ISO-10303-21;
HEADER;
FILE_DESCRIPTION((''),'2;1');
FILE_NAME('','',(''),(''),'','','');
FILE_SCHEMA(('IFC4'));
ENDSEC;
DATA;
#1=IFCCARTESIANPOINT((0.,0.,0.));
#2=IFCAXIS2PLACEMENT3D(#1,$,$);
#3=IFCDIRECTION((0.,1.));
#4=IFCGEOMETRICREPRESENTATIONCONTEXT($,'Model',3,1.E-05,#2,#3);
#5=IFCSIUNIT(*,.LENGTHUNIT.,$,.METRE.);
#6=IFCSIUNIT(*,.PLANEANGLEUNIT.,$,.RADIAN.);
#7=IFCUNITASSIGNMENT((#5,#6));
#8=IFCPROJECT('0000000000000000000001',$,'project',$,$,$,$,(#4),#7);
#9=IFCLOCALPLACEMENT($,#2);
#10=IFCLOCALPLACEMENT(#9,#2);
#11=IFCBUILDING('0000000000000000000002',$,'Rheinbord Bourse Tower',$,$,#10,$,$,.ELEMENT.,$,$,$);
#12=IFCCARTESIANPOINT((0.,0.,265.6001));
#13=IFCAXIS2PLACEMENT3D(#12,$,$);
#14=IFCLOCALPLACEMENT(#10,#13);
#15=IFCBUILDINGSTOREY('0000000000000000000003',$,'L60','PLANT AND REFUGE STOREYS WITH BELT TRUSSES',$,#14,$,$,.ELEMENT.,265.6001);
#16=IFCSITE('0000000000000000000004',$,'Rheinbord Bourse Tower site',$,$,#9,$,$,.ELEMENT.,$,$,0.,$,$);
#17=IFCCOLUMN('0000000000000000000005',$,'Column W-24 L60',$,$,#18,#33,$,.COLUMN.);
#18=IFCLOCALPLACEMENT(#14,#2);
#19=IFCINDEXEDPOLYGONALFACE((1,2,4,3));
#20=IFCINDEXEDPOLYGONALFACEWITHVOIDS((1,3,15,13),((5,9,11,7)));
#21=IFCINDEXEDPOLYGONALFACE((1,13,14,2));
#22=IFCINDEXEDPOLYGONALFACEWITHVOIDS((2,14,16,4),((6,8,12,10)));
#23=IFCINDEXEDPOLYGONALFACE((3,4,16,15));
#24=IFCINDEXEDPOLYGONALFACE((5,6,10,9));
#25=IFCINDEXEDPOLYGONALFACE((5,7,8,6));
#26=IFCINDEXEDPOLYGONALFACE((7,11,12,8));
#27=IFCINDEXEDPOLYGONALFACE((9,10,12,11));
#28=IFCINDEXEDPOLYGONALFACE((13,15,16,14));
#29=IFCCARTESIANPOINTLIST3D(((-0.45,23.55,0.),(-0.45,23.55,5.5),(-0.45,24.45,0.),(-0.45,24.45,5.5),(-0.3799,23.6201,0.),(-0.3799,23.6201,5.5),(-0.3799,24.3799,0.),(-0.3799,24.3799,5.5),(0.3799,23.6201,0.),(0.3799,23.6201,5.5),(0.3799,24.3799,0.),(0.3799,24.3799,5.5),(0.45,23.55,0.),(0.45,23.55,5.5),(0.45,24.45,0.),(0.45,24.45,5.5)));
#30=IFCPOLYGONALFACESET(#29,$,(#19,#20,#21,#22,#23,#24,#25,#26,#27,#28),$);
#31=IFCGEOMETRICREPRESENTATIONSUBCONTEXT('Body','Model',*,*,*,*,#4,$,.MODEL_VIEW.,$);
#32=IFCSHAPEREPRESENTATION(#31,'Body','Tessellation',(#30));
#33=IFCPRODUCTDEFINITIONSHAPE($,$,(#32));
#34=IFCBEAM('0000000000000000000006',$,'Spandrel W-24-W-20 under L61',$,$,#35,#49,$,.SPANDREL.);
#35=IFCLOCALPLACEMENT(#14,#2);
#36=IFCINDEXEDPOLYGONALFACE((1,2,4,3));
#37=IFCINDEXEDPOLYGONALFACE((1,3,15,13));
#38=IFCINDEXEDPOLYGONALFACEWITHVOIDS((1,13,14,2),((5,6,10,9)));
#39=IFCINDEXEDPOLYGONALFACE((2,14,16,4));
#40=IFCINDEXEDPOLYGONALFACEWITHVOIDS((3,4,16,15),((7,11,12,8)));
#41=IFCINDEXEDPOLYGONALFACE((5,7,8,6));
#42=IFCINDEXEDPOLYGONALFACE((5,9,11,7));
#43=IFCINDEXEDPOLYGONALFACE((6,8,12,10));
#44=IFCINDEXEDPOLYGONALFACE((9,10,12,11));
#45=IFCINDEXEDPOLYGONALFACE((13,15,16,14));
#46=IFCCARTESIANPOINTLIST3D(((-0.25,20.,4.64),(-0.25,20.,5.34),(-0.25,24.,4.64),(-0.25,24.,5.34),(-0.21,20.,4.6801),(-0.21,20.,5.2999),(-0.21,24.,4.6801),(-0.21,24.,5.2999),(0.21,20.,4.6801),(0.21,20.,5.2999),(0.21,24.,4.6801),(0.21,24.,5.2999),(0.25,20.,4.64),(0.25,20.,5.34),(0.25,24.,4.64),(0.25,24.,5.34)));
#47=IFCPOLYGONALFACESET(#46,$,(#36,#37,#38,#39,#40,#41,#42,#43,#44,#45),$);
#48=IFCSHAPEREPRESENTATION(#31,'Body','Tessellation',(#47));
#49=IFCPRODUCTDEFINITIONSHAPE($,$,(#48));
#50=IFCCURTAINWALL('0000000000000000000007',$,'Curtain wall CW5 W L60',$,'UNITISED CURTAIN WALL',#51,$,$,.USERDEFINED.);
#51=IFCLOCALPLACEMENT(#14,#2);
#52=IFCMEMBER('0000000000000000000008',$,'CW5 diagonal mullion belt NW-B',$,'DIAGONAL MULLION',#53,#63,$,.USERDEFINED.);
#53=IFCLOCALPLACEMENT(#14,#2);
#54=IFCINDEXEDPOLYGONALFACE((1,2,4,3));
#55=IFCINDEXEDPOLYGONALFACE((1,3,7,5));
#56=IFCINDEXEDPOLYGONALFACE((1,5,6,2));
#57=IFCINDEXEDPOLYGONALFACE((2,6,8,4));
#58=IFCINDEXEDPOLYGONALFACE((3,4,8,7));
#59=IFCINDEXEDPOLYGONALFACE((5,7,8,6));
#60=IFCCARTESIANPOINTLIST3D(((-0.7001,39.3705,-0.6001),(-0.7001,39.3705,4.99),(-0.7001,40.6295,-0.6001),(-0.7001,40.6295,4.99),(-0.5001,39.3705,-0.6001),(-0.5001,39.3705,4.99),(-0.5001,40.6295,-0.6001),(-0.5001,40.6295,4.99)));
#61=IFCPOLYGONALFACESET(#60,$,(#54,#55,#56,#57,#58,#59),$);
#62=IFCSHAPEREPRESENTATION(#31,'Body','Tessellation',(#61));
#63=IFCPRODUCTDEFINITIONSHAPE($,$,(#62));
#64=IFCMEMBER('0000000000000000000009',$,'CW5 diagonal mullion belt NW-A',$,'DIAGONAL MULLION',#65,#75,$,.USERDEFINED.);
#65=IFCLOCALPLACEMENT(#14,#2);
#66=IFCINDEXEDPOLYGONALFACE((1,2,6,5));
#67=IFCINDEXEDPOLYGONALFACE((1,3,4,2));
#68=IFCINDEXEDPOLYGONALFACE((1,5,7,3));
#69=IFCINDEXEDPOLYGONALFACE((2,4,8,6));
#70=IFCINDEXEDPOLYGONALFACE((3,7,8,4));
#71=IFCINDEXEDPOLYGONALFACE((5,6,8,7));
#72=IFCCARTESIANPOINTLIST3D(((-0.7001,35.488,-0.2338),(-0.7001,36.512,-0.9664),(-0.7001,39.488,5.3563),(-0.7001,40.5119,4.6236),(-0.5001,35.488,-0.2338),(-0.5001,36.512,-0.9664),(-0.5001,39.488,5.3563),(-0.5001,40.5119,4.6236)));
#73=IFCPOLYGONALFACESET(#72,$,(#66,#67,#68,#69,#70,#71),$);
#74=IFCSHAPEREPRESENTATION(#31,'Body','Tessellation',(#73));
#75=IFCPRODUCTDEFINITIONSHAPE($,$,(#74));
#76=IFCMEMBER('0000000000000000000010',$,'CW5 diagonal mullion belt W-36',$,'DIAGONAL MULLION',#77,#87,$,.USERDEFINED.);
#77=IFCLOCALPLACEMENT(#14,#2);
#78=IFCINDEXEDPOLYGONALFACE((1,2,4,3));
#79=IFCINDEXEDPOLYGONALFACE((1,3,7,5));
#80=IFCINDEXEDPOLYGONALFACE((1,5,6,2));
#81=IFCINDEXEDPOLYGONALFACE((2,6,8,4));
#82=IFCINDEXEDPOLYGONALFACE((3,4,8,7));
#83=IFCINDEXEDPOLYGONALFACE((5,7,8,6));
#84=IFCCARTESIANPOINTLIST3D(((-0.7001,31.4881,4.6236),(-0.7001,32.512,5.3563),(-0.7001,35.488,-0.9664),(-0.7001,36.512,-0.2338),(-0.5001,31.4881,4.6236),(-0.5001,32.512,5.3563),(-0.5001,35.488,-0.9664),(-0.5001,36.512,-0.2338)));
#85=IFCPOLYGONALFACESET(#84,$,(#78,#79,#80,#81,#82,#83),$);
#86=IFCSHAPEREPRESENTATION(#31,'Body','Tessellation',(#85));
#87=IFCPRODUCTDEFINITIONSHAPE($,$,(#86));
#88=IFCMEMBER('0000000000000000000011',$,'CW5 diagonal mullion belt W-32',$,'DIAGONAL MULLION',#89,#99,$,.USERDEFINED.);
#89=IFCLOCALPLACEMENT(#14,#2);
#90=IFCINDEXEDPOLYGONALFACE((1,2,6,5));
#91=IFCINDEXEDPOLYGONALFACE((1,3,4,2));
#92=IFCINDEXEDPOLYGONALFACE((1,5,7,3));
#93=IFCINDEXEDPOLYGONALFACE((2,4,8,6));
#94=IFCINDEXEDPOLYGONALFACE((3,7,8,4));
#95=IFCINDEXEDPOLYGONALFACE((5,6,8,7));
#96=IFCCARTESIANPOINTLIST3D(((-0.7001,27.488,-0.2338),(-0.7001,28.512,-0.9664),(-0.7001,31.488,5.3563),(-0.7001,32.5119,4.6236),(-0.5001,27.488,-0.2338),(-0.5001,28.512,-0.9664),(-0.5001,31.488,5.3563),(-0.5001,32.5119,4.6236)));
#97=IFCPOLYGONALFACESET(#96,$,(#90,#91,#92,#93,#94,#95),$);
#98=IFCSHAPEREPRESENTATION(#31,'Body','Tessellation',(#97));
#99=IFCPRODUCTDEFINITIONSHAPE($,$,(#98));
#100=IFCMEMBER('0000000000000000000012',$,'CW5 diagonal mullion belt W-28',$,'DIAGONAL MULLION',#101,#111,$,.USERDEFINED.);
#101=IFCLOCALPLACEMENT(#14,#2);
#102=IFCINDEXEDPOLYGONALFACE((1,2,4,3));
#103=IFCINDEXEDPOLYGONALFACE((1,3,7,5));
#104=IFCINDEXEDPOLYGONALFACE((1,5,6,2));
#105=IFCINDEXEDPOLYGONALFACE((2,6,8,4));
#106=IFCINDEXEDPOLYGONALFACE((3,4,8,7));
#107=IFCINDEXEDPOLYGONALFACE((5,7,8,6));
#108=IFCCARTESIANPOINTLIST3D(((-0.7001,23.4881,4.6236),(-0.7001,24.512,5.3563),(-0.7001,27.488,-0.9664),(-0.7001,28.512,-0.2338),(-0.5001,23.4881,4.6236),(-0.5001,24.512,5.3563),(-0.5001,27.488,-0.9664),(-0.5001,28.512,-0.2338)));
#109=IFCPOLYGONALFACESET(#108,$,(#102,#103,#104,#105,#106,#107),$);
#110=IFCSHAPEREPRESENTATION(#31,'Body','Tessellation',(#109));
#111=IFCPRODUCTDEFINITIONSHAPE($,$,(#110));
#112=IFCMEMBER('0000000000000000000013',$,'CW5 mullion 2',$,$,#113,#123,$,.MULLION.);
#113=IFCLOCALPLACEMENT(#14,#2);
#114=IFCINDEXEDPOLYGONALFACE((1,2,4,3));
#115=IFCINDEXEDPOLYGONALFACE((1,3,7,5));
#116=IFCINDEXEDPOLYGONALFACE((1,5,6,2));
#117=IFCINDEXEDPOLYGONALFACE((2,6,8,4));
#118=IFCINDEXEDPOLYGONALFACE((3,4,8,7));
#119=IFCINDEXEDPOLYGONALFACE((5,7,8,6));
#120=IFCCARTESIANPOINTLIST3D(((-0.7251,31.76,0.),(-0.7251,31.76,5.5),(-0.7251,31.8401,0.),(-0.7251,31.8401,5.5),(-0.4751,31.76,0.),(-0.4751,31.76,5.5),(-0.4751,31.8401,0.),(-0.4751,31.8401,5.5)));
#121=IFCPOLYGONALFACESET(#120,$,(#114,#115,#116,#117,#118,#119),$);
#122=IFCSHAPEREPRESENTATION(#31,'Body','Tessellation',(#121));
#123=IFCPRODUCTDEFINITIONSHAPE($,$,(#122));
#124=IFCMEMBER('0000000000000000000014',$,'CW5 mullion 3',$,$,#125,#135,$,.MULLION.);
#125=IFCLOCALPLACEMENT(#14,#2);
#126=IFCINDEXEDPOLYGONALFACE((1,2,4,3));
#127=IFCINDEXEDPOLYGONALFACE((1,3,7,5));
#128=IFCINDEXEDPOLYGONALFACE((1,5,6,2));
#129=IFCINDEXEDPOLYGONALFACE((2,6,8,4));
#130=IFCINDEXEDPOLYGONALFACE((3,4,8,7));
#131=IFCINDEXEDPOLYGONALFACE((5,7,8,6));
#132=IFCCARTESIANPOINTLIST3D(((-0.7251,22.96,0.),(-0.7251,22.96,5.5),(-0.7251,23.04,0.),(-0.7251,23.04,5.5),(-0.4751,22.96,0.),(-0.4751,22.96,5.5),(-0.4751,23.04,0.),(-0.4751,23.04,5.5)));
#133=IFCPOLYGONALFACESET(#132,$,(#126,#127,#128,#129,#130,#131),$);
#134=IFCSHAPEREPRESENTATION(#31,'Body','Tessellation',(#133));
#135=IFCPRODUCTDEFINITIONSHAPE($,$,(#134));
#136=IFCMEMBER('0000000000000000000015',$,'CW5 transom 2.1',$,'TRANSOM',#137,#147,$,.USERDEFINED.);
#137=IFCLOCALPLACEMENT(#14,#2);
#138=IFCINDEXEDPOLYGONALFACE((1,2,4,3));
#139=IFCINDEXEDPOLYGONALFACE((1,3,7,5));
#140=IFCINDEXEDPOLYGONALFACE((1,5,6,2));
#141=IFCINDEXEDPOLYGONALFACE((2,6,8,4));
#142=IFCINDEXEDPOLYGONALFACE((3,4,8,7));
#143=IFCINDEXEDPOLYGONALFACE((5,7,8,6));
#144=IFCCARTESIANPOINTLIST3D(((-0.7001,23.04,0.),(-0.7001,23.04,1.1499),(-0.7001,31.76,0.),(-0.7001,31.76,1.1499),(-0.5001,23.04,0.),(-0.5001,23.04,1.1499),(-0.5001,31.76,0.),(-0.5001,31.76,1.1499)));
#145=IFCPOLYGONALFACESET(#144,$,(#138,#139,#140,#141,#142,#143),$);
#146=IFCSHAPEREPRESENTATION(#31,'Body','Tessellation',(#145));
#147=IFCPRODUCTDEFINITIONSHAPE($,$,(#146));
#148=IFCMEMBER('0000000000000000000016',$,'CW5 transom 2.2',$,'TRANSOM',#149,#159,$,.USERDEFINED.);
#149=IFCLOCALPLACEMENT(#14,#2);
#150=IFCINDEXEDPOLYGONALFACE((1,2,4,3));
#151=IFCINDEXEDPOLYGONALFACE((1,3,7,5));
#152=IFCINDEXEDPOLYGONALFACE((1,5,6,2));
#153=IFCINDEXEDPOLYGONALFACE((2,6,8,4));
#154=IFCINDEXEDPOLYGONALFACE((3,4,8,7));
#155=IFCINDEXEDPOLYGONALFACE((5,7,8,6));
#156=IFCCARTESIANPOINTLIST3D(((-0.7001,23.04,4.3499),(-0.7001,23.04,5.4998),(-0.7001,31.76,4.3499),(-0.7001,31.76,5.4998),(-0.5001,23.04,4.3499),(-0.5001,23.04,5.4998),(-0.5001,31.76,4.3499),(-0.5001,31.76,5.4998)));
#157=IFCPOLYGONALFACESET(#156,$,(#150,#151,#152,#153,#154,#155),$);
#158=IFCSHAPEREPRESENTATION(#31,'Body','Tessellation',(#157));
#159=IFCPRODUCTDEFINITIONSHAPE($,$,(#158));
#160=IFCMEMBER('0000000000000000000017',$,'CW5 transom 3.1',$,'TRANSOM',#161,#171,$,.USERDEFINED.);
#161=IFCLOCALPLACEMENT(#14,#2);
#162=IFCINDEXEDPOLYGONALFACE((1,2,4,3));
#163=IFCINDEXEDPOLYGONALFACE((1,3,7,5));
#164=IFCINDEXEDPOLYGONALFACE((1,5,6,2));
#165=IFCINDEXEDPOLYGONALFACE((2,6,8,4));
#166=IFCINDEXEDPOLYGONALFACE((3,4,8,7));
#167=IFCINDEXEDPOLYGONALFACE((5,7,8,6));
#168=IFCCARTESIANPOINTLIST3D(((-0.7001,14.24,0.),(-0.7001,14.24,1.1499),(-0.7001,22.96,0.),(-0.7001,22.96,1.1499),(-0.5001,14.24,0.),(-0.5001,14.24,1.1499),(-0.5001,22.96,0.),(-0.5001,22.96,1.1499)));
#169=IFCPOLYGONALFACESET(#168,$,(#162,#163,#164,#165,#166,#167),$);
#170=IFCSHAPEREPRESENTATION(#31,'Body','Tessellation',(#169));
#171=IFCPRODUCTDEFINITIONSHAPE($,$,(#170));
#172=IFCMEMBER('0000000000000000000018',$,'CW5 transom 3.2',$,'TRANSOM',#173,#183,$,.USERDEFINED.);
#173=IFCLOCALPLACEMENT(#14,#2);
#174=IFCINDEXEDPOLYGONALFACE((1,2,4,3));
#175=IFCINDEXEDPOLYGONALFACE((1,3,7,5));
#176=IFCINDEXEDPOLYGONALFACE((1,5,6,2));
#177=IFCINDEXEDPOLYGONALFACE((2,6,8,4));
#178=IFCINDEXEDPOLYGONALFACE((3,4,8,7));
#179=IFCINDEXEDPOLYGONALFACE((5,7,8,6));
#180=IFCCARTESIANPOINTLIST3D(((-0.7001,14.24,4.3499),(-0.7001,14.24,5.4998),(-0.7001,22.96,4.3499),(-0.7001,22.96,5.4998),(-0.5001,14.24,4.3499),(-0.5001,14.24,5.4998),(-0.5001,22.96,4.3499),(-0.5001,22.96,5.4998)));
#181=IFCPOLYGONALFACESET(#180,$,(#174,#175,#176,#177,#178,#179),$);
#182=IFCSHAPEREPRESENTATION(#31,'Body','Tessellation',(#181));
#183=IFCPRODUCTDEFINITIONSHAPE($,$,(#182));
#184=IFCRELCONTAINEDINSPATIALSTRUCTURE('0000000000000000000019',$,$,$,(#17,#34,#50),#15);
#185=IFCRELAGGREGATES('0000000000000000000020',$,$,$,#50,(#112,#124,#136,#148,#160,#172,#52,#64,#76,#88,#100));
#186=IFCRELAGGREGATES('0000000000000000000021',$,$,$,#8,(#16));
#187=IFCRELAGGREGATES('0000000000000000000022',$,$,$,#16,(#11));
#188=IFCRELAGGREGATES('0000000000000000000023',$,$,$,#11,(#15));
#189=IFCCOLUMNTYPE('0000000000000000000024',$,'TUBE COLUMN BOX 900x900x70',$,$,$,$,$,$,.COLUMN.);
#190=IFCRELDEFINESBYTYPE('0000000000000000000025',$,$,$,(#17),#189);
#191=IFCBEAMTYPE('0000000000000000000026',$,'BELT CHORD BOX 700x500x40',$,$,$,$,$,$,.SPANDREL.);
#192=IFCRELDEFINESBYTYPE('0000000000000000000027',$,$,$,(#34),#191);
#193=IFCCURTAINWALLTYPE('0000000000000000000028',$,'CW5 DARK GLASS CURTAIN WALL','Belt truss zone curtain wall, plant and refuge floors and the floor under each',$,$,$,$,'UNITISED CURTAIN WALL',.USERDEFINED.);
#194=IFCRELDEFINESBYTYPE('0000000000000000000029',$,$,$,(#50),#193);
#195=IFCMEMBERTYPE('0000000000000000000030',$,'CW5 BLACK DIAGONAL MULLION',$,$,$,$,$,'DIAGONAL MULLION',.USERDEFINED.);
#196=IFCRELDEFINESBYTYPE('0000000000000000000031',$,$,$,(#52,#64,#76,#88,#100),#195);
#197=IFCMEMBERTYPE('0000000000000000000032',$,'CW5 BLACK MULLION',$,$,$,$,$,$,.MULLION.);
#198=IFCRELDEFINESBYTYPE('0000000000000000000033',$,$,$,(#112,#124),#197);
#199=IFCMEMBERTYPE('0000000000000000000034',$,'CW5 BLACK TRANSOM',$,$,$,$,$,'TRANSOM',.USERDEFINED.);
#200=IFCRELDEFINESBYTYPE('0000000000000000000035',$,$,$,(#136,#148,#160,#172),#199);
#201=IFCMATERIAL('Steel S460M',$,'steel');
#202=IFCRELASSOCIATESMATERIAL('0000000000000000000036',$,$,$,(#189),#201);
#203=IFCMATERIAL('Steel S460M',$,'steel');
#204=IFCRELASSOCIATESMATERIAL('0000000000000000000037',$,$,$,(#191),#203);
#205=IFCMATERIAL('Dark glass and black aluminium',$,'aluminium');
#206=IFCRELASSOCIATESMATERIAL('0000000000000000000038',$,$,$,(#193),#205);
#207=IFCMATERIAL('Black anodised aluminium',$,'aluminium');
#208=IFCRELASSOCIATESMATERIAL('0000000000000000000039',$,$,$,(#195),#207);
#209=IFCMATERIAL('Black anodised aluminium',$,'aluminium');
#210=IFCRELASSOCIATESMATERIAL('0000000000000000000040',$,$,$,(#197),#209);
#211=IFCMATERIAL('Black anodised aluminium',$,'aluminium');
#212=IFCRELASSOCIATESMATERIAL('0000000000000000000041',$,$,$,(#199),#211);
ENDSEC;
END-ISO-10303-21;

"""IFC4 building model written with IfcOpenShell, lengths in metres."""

from ifc_helpers import new_model, si_unit, direction, frame, origin, origin_2d, place, context, subcontext, project, spatial, rectangle, hollow_rectangle, extrude, material, material_profile, profile_set, type_object, element, aggregate, save


model = new_model("IFC4")

# Units and contexts
model_context = context("Model", 3, precision=1e-05, world=origin(), true_north=direction((0.0, 1.0)))
body_context = subcontext(model_context, "Body", "Model", "MODEL_VIEW")
ifc_project = project(units=[si_unit("LENGTHUNIT", "METRE"), si_unit("PLANEANGLEUNIT", "RADIAN")], contexts=[model_context])

# Site, building, storey
site_placement = place(None, origin())
site = spatial("IfcSite", under=ifc_project, at=site_placement, Name="Rheinbord Bourse Tower site", CompositionType="ELEMENT", RefElevation=0.0)
building_placement = place(site_placement, origin())
building = spatial("IfcBuilding", under=site, at=building_placement, Name="Rheinbord Bourse Tower", CompositionType="ELEMENT")
storey_placement = place(building_placement, frame((0.0, 0.0, 265.6001)))
storey = spatial("IfcBuildingStorey", under=building, at=storey_placement, Name="L60", Description="PLANT AND REFUGE STOREYS WITH BELT TRUSSES", CompositionType="ELEMENT", Elevation=265.6001)

# Column
ifc_material_1 = material(Name="Steel S460M", Category="steel")
ifc_material_profile_1 = material_profile(ifc_material_1, hollow_rectangle(XDim=0.8999, YDim=0.8999, WallThickness=0.0701, at=origin_2d()), Name="BOX 900x900x70")
ifc_profile_set_1 = profile_set([ifc_material_profile_1], Name="Steel S460M")
column_type = type_object("IfcColumnType", Name="TUBE COLUMN BOX 900x900x70", PredefinedType="COLUMN", material=ifc_profile_set_1)
column_placement = place(storey_placement, frame((0.0, 24.0, 0.0), z_axis=(0.0, 0.0, 1.0), x_axis=(1.0, 0.0, 0.0)))
element("IfcColumn", 1, at=column_placement, inside=storey, type_object=column_type, Name="Column W-24 L60", PredefinedType="COLUMN", context=body_context, shape_type="SweptSolid", body=[
    extrude(hollow_rectangle(XDim=0.8999, YDim=0.8999, WallThickness=0.0701, at=origin_2d()), origin(), (0.0, 0.0, 1.0), 5.5),
])

# Beam
ifc_material_2 = material(Name="Steel S460M", Category="steel")
ifc_material_profile_2 = material_profile(ifc_material_2, hollow_rectangle(XDim=0.5, YDim=0.7, WallThickness=0.04, at=origin_2d()), Name="BOX 700x500x40")
ifc_profile_set_2 = profile_set([ifc_material_profile_2], Name="Steel S460M")
beam_type_1 = type_object("IfcBeamType", Name="BELT CHORD BOX 700x500x40", PredefinedType="SPANDREL", material=ifc_profile_set_2)
beam_1_placement = place(storey_placement, frame((0.0, 24.0, 4.99), z_axis=(0.0, -1.0, 0.0), x_axis=(1.0, 0.0, 0.0)))
element("IfcBeam", 2, at=beam_1_placement, inside=storey, type_object=beam_type_1, Name="Spandrel W-24-W-20 under L61", PredefinedType="SPANDREL", context=body_context, shape_type="SweptSolid", body=[
    extrude(hollow_rectangle(XDim=0.5, YDim=0.7, WallThickness=0.04, at=origin_2d()), origin(), (0.0, 0.0, 1.0), 4.0),
])

# Curtain wall, members
ifc_material_3 = material(Name="Dark glass and black aluminium", Category="aluminium")
curtain_wall_type = type_object("IfcCurtainWallType", Name="CW5 DARK GLASS CURTAIN WALL", Description="Belt truss zone curtain wall, plant and refuge floors and the floor under each", ElementType="UNITISED CURTAIN WALL", PredefinedType="USERDEFINED", material=ifc_material_3)
curtain_wall_placement = place(storey_placement, origin())
curtain_wall = element("IfcCurtainWall", 3, at=curtain_wall_placement, inside=storey, type_object=curtain_wall_type, Name="Curtain wall CW5 W L60", ObjectType="UNITISED CURTAIN WALL", PredefinedType="USERDEFINED")
ifc_material_4 = material(Name="Black anodised aluminium", Category="aluminium")
ifc_material_profile_3 = material_profile(ifc_material_4, rectangle(XDim=0.2, YDim=1.259, at=origin_2d()), Name="CW5 DIAGONAL MULLION 1259x200")
ifc_profile_set_3 = profile_set([ifc_material_profile_3], Name="Black anodised aluminium")
member_type_1 = type_object("IfcMemberType", Name="CW5 BLACK DIAGONAL MULLION", ElementType="DIAGONAL MULLION", PredefinedType="USERDEFINED", material=ifc_profile_set_3)
member_1_placement = place(storey_placement, frame((-0.6001, 40.0, -0.6001), z_axis=(0.0, 0.0, 1.0), x_axis=(1.0, 0.0, 0.0)))
member_1 = element("IfcMember", 4, at=member_1_placement, type_object=member_type_1, Name="CW5 diagonal mullion belt NW-B", ObjectType="DIAGONAL MULLION", PredefinedType="USERDEFINED", context=body_context, shape_type="SweptSolid", body=[
    extrude(rectangle(XDim=0.2, YDim=1.259, at=origin_2d()), origin(), (0.0, 0.0, 1.0), 5.5901),
])
member_2_placement = place(storey_placement, frame((-0.6001, 36.0, -0.6001), z_axis=(0.0, 0.58192, 0.813246), x_axis=(-1.0, 0.0, 0.0)))
member_2 = element("IfcMember", 5, at=member_2_placement, type_object=member_type_1, Name="CW5 diagonal mullion belt NW-A", ObjectType="DIAGONAL MULLION", PredefinedType="USERDEFINED", context=body_context, shape_type="SweptSolid", body=[
    extrude(rectangle(XDim=0.2, YDim=1.259, at=origin_2d()), origin(), (0.0, 0.0, 1.0), 6.8738),
])
member_3_placement = place(storey_placement, frame((-0.6001, 36.0, -0.6001), z_axis=(0.0, -0.58192, 0.813246), x_axis=(1.0, 0.0, 0.0)))
member_3 = element("IfcMember", 6, at=member_3_placement, type_object=member_type_1, Name="CW5 diagonal mullion belt W-36", ObjectType="DIAGONAL MULLION", PredefinedType="USERDEFINED", context=body_context, shape_type="SweptSolid", body=[
    extrude(rectangle(XDim=0.2, YDim=1.259, at=origin_2d()), origin(), (0.0, 0.0, 1.0), 6.8738),
])
member_4_placement = place(storey_placement, frame((-0.6001, 28.0, -0.6001), z_axis=(0.0, 0.58192, 0.813246), x_axis=(-1.0, 0.0, 0.0)))
member_4 = element("IfcMember", 7, at=member_4_placement, type_object=member_type_1, Name="CW5 diagonal mullion belt W-32", ObjectType="DIAGONAL MULLION", PredefinedType="USERDEFINED", context=body_context, shape_type="SweptSolid", body=[
    extrude(rectangle(XDim=0.2, YDim=1.259, at=origin_2d()), origin(), (0.0, 0.0, 1.0), 6.8738),
])
member_5_placement = place(storey_placement, frame((-0.6001, 28.0, -0.6001), z_axis=(0.0, -0.58192, 0.813246), x_axis=(1.0, 0.0, 0.0)))
member_5 = element("IfcMember", 8, at=member_5_placement, type_object=member_type_1, Name="CW5 diagonal mullion belt W-28", ObjectType="DIAGONAL MULLION", PredefinedType="USERDEFINED", context=body_context, shape_type="SweptSolid", body=[
    extrude(rectangle(XDim=0.2, YDim=1.259, at=origin_2d()), origin(), (0.0, 0.0, 1.0), 6.8738),
])
ifc_material_5 = material(Name="Black anodised aluminium", Category="aluminium")
ifc_material_profile_4 = material_profile(ifc_material_5, rectangle(XDim=0.25, YDim=0.0801, at=origin_2d()), Name="CW5 MULLION 80x250")
ifc_profile_set_4 = profile_set([ifc_material_profile_4], Name="Black anodised aluminium")
member_type_2 = type_object("IfcMemberType", Name="CW5 BLACK MULLION", PredefinedType="MULLION", material=ifc_profile_set_4)
member_6_placement = place(storey_placement, frame((-0.6001, 31.8, 0.0), z_axis=(0.0, 0.0, 1.0), x_axis=(1.0, 0.0, 0.0)))
member_6 = element("IfcMember", 9, at=member_6_placement, type_object=member_type_2, Name="CW5 mullion 2", PredefinedType="MULLION", context=body_context, shape_type="SweptSolid", body=[
    extrude(rectangle(XDim=0.25, YDim=0.0801, at=origin_2d()), origin(), (0.0, 0.0, 1.0), 5.5),
])
member_7_placement = place(storey_placement, frame((-0.6001, 23.0, 0.0), z_axis=(0.0, 0.0, 1.0), x_axis=(1.0, 0.0, 0.0)))
member_7 = element("IfcMember", 10, at=member_7_placement, type_object=member_type_2, Name="CW5 mullion 3", PredefinedType="MULLION", context=body_context, shape_type="SweptSolid", body=[
    extrude(rectangle(XDim=0.25, YDim=0.0801, at=origin_2d()), origin(), (0.0, 0.0, 1.0), 5.5),
])
ifc_material_6 = material(Name="Black anodised aluminium", Category="aluminium")
ifc_material_profile_5 = material_profile(ifc_material_6, rectangle(XDim=0.2, YDim=1.1499, at=origin_2d()), Name="CW5 TRANSOM 1150x200")
ifc_profile_set_5 = profile_set([ifc_material_profile_5], Name="Black anodised aluminium")
member_type_3 = type_object("IfcMemberType", Name="CW5 BLACK TRANSOM", ElementType="TRANSOM", PredefinedType="USERDEFINED", material=ifc_profile_set_5)
member_8_placement = place(storey_placement, frame((-0.6001, 31.76, 0.575), z_axis=(0.0, -1.0, 0.0), x_axis=(1.0, 0.0, 0.0)))
member_8 = element("IfcMember", 11, at=member_8_placement, type_object=member_type_3, Name="CW5 transom 2.1", ObjectType="TRANSOM", PredefinedType="USERDEFINED", context=body_context, shape_type="SweptSolid", body=[
    extrude(rectangle(XDim=0.2, YDim=1.1499, at=origin_2d()), origin(), (0.0, 0.0, 1.0), 8.72),
])
member_9_placement = place(storey_placement, frame((-0.6001, 31.76, 4.9248), z_axis=(0.0, -1.0, 0.0), x_axis=(1.0, 0.0, 0.0)))
member_9 = element("IfcMember", 12, at=member_9_placement, type_object=member_type_3, Name="CW5 transom 2.2", ObjectType="TRANSOM", PredefinedType="USERDEFINED", context=body_context, shape_type="SweptSolid", body=[
    extrude(rectangle(XDim=0.2, YDim=1.1499, at=origin_2d()), origin(), (0.0, 0.0, 1.0), 8.72),
])
member_10_placement = place(storey_placement, frame((-0.6001, 22.96, 0.575), z_axis=(0.0, -1.0, 0.0), x_axis=(1.0, 0.0, 0.0)))
member_10 = element("IfcMember", 13, at=member_10_placement, type_object=member_type_3, Name="CW5 transom 3.1", ObjectType="TRANSOM", PredefinedType="USERDEFINED", context=body_context, shape_type="SweptSolid", body=[
    extrude(rectangle(XDim=0.2, YDim=1.1499, at=origin_2d()), origin(), (0.0, 0.0, 1.0), 8.72),
])
member_11_placement = place(storey_placement, frame((-0.6001, 22.96, 4.9248), z_axis=(0.0, -1.0, 0.0), x_axis=(1.0, 0.0, 0.0)))
member_11 = element("IfcMember", 14, at=member_11_placement, type_object=member_type_3, Name="CW5 transom 3.2", ObjectType="TRANSOM", PredefinedType="USERDEFINED", context=body_context, shape_type="SweptSolid", body=[
    extrude(rectangle(XDim=0.2, YDim=1.1499, at=origin_2d()), origin(), (0.0, 0.0, 1.0), 8.72),
])

aggregate(curtain_wall, [member_6, member_7, member_8, member_9, member_10, member_11, member_1, member_2, member_3, member_4, member_5])

save(model, "model.ifc")
